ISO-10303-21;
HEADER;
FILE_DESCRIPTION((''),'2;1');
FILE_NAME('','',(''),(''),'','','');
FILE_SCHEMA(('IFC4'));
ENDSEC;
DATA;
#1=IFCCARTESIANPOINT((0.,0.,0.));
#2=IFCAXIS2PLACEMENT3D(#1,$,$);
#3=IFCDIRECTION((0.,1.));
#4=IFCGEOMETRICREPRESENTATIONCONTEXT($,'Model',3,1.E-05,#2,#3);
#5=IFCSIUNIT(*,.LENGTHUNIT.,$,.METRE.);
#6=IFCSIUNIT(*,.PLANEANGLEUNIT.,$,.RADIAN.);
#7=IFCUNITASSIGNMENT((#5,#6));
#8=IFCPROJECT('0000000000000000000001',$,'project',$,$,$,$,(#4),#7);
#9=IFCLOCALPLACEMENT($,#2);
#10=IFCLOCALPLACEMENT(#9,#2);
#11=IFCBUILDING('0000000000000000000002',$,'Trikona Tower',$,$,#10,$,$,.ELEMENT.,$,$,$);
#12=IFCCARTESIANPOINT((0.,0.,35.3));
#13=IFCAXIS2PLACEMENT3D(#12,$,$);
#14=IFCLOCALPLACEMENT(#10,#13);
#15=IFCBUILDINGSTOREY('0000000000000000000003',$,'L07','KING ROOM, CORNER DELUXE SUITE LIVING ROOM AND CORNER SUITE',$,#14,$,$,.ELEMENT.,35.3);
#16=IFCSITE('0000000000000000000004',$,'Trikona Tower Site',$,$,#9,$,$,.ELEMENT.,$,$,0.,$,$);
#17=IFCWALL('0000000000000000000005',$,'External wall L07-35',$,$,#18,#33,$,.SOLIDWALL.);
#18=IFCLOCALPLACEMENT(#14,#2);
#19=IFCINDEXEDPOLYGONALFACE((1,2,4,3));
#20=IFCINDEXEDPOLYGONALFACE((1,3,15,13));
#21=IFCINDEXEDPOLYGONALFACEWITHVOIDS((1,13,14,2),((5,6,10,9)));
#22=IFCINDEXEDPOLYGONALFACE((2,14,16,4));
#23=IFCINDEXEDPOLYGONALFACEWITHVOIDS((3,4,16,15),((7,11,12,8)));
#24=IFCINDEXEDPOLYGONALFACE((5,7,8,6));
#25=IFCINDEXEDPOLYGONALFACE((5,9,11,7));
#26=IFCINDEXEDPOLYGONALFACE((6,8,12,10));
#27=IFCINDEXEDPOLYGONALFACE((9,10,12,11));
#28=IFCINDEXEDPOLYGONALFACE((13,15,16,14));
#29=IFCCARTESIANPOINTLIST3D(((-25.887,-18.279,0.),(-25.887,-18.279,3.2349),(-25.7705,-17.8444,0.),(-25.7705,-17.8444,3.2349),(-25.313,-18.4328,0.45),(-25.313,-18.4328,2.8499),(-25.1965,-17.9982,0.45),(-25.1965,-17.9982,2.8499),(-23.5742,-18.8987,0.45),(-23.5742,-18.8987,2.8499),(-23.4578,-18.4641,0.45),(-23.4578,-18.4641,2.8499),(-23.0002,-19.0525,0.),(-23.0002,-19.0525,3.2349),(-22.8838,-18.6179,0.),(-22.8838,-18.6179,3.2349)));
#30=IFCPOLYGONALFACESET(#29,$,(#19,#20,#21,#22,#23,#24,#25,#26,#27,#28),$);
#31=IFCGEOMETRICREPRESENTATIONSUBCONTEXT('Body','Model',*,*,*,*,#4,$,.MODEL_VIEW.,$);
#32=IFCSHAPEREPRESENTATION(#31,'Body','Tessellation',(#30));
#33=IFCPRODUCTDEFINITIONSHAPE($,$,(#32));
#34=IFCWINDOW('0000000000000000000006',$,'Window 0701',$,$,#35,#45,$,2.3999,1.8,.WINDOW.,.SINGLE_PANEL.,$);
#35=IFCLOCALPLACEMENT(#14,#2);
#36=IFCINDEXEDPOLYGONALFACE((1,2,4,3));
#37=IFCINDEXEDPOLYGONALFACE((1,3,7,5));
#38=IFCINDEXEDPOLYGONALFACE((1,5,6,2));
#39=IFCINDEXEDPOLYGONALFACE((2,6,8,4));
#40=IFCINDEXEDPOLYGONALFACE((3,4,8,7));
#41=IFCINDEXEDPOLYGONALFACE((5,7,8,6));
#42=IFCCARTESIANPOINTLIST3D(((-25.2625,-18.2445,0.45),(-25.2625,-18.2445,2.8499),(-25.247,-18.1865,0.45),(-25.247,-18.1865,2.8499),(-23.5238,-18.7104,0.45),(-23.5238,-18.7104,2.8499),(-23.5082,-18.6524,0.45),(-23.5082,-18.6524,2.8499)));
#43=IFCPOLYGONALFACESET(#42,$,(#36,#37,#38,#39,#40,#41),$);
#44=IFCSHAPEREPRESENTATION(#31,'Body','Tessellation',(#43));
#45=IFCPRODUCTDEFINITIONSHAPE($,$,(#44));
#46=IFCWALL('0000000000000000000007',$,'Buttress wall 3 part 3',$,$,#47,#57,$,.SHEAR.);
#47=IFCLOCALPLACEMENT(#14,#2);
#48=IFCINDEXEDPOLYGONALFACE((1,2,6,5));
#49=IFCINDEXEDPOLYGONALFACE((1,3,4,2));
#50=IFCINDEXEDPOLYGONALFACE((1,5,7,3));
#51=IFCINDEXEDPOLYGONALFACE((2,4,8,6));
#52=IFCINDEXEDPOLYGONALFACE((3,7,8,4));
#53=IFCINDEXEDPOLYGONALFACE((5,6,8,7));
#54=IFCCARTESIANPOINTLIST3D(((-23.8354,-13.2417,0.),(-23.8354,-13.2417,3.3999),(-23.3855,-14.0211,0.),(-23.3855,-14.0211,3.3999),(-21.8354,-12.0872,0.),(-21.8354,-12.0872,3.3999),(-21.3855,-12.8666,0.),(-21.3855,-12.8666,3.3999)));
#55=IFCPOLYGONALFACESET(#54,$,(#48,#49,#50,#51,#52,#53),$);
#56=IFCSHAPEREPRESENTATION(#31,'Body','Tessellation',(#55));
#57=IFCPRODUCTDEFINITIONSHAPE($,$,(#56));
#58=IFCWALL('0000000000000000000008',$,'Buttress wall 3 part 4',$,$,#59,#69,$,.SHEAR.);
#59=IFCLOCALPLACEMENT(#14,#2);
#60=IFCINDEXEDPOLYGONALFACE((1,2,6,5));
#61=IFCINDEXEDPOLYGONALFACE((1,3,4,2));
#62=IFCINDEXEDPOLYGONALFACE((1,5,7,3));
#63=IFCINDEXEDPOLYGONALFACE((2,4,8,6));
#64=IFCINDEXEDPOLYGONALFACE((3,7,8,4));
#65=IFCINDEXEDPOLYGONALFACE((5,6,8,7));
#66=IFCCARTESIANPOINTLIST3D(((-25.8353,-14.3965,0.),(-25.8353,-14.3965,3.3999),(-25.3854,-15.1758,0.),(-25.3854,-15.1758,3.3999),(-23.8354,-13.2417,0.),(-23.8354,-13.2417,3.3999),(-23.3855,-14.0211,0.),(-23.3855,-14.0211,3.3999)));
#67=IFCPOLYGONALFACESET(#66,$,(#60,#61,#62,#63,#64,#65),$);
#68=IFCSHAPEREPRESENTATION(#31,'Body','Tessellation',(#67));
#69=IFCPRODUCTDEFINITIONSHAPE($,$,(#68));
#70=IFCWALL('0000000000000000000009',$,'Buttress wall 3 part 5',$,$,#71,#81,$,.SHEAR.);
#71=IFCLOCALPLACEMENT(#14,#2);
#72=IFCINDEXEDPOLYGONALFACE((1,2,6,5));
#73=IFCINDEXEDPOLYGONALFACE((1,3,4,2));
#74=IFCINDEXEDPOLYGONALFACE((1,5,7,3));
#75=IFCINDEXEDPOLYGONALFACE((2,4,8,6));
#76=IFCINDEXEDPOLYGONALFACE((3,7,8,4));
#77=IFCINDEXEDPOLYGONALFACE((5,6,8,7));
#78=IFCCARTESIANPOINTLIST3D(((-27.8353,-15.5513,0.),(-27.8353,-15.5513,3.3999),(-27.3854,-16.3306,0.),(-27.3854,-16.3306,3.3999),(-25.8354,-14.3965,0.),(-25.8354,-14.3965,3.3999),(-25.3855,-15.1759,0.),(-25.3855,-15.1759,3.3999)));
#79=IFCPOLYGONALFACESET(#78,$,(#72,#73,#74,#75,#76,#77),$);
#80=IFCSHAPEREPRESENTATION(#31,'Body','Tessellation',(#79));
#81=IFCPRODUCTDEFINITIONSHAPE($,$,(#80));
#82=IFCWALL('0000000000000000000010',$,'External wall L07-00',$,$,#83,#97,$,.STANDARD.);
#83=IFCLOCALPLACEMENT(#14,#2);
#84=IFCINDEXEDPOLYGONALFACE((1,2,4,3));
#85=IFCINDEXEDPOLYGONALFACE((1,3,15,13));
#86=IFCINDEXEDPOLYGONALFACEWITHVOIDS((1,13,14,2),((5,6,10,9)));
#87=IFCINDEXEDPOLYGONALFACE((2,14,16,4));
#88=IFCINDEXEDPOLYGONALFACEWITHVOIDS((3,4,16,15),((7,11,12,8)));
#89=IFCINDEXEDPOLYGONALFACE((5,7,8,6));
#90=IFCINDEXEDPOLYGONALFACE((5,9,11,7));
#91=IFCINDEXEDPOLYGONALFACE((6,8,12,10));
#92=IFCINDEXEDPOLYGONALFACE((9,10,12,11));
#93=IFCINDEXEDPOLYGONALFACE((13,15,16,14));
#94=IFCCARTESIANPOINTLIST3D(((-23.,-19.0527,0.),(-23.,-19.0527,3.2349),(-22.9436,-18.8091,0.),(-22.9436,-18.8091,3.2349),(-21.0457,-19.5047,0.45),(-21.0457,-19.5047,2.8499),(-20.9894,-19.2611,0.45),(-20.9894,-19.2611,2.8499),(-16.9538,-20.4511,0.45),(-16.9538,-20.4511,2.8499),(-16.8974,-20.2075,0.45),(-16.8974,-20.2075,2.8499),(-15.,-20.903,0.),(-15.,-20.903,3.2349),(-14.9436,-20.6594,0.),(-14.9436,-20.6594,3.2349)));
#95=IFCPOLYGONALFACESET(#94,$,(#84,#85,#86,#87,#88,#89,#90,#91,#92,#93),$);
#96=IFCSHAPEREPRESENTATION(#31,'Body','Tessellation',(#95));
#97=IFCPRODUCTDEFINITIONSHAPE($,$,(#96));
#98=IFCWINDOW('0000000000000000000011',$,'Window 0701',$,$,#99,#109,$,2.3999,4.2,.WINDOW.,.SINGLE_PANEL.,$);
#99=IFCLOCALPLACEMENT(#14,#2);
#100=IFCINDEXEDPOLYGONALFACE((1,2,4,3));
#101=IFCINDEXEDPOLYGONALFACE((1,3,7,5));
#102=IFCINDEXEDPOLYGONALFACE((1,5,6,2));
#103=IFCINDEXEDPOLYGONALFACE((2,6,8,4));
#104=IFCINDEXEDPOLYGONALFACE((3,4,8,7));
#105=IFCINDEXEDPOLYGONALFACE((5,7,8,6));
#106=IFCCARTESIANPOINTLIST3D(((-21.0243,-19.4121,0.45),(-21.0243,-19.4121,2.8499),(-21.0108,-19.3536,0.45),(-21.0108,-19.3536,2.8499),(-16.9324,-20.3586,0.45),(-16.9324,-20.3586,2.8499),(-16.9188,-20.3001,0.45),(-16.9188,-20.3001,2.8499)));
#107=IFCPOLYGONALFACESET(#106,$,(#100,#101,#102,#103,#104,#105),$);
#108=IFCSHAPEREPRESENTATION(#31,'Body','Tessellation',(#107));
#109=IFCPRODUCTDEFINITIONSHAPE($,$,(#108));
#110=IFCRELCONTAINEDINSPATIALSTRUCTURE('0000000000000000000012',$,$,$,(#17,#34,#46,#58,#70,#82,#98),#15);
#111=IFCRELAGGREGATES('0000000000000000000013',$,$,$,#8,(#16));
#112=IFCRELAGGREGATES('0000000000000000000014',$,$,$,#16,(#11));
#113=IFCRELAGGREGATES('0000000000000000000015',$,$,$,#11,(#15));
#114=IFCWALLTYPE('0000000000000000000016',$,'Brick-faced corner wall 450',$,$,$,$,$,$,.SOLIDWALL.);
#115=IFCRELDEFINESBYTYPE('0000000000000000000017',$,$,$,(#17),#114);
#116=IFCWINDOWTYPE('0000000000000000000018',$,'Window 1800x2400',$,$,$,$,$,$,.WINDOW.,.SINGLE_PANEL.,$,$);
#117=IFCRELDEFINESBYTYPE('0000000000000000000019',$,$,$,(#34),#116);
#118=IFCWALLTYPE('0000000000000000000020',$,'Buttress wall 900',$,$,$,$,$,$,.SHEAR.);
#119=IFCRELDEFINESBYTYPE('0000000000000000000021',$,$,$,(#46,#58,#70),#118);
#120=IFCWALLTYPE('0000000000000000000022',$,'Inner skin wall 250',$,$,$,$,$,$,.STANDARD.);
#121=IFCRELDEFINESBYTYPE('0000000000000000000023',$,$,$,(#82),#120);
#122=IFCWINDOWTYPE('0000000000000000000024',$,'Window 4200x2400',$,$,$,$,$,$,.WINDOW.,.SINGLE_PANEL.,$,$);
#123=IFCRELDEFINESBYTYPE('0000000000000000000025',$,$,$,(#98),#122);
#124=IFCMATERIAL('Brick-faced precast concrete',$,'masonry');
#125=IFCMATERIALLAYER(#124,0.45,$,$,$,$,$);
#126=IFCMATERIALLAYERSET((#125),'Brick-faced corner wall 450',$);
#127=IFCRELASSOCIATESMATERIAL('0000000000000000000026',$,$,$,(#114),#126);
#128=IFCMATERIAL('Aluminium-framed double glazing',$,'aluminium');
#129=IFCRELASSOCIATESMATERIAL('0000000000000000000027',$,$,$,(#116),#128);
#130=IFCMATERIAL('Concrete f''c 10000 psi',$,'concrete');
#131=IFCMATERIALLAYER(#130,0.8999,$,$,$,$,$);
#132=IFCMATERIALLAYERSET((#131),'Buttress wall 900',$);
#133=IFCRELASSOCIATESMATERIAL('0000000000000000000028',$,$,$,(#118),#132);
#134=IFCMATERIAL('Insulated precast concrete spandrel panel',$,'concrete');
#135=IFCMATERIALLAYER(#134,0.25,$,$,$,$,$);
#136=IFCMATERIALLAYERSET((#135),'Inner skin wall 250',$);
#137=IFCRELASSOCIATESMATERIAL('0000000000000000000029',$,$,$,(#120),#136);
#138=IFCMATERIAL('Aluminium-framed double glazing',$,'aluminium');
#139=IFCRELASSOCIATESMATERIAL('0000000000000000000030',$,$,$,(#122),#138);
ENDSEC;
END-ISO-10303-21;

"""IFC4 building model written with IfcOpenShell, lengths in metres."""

from ifc_helpers import new_model, si_unit, direction, frame, frame_2d, origin, place, context, subcontext, project, spatial, rectangle, extrude, material, layer, layer_set, type_object, element, fill, save


model = new_model("IFC4")

# Units and contexts
model_context = context("Model", 3, precision=1e-05, world=origin(), true_north=direction((0.0, 1.0)))
body_context = subcontext(model_context, "Body", "Model", "MODEL_VIEW")
ifc_project = project(units=[si_unit("LENGTHUNIT", "METRE"), si_unit("PLANEANGLEUNIT", "RADIAN")], contexts=[model_context])

# Site, building, storey
site_placement = place(None, origin())
site = spatial("IfcSite", under=ifc_project, at=site_placement, Name="Trikona Tower Site", CompositionType="ELEMENT", RefElevation=0.0)
building_placement = place(site_placement, origin())
building = spatial("IfcBuilding", under=site, at=building_placement, Name="Trikona Tower", CompositionType="ELEMENT")
storey_placement = place(building_placement, frame((0.0, 0.0, 35.3)))
storey = spatial("IfcBuildingStorey", under=building, at=storey_placement, Name="L07", Description="KING ROOM, CORNER DELUXE SUITE LIVING ROOM AND CORNER SUITE", CompositionType="ELEMENT", Elevation=35.3)

# Wall, opening, window
ifc_material_1 = material(Name="Brick-faced precast concrete", Category="masonry")
ifc_layer_1 = layer(ifc_material_1, 0.45)
ifc_layer_set_1 = layer_set([ifc_layer_1], Name="Brick-faced corner wall 450")
wall_type_1 = type_object("IfcWallType", Name="Brick-faced corner wall 450", PredefinedType="SOLIDWALL", material=ifc_layer_set_1)
wall_1_placement = place(storey_placement, frame((-25.8286, -18.0618, 0.0), z_axis=(0.0, 0.0, 1.0), x_axis=(0.965931, -0.258801, 0.0)))
wall_1 = element("IfcWall", 1, at=wall_1_placement, inside=storey, type_object=wall_type_1, Name="External wall L07-35", PredefinedType="SOLIDWALL", context=body_context, shape_type="SweptSolid", body=[
    extrude(rectangle(XDim=2.9885, YDim=0.45, at=frame_2d((1.4941, 0.0))), origin(), (0.0, 0.0, 1.0), 3.2349),
])
opening_1_placement = place(wall_1_placement, frame((0.5942, 0.0, 0.45)))
opening_1 = element("IfcOpeningElement", 2, at=opening_1_placement, cuts=wall_1, PredefinedType="OPENING", context=body_context, shape_type="SweptSolid", body=[
    extrude(rectangle(XDim=1.8, YDim=2.3999, at=frame_2d((0.8999, 1.2))), frame((0.0, 0.2349, 0.0), z_axis=(0.0, -1.0, 0.0), x_axis=(1.0, 0.0, 0.0)), (0.0, 0.0, 1.0), 0.47),
])
ifc_material_2 = material(Name="Aluminium-framed double glazing", Category="aluminium")
window_type_1 = type_object("IfcWindowType", Name="Window 1800x2400", PartitioningType="SINGLE_PANEL", PredefinedType="WINDOW", material=ifc_material_2)
window_1_placement = place(opening_1_placement, origin())
window_1 = element("IfcWindow", 3, at=window_1_placement, inside=storey, type_object=window_type_1, Name="Window 0701", OverallHeight=2.3999, OverallWidth=1.8, PartitioningType="SINGLE_PANEL", PredefinedType="WINDOW", context=body_context, shape_type="SweptSolid", body=[
    extrude(rectangle(XDim=1.8, YDim=2.3999, at=frame_2d((0.8999, 1.2))), frame((0.0, 0.03, 0.0), z_axis=(0.0, -1.0, 0.0), x_axis=(1.0, 0.0, 0.0)), (0.0, 0.0, 1.0), 0.0601),
])
fill(opening_1, window_1)

# Walls
ifc_material_3 = material(Name="Concrete f'c 10000 psi", Category="concrete")
ifc_layer_2 = layer(ifc_material_3, 0.8999)
ifc_layer_set_2 = layer_set([ifc_layer_2], Name="Buttress wall 900")
wall_type_2 = type_object("IfcWallType", Name="Buttress wall 900", PredefinedType="SHEAR", material=ifc_layer_set_2)
for number, where, z_axis, x_axis, name in (
    (4, (-21.6104, -12.4768, 0.0), (0.0, 0.0, 1.0), (-0.866055, -0.499948, 0.0), "Buttress wall 3 part 3"),
    (5, (-23.6104, -13.6313, 0.0), (0.0, 0.0, 1.0), (-0.86601, -0.500027, 0.0), "Buttress wall 3 part 4"),
    (6, (-25.6104, -14.7861, 0.0), (0.0, 0.0, 1.0), (-0.86601, -0.500027, 0.0), "Buttress wall 3 part 5"),
):
    element("IfcWall", number, at=place(storey_placement, frame(where, z_axis=z_axis, x_axis=x_axis)), inside=storey, type_object=wall_type_2, Name=name, PredefinedType="SHEAR", context=body_context, shape_type="SweptSolid", body=[
        extrude(rectangle(XDim=2.3093, YDim=0.8999, at=frame_2d((1.1548, 0.0))), origin(), (0.0, 0.0, 1.0), 3.3999),
    ])

# Wall, opening, window
ifc_material_4 = material(Name="Insulated precast concrete spandrel panel", Category="concrete")
ifc_layer_3 = layer(ifc_material_4, 0.25)
ifc_layer_set_3 = layer_set([ifc_layer_3], Name="Inner skin wall 250")
wall_type_3 = type_object("IfcWallType", Name="Inner skin wall 250", PredefinedType="STANDARD", material=ifc_layer_set_3)
wall_2_placement = place(storey_placement, frame((-22.9717, -18.9309, 0.0), z_axis=(0.0, 0.0, 1.0), x_axis=(0.974279, -0.225344, 0.0)))
wall_2 = element("IfcWall", 7, at=wall_2_placement, inside=storey, type_object=wall_type_3, Name="External wall L07-00", PredefinedType="STANDARD", context=body_context, shape_type="SweptSolid", body=[
    extrude(rectangle(XDim=8.2112, YDim=0.25, at=frame_2d((4.1055, 0.0))), origin(), (0.0, 0.0, 1.0), 3.2349),
])
opening_2_placement = place(wall_2_placement, frame((2.0056, 0.0, 0.45)))
opening_2 = element("IfcOpeningElement", 8, at=opening_2_placement, cuts=wall_2, PredefinedType="OPENING", context=body_context, shape_type="SweptSolid", body=[
    extrude(rectangle(XDim=4.2, YDim=2.3999, at=frame_2d((2.1001, 1.2))), frame((0.0, 0.135, 0.0), z_axis=(0.0, -1.0, 0.0), x_axis=(1.0, 0.0, 0.0)), (0.0, 0.0, 1.0), 0.27),
])
ifc_material_5 = material(Name="Aluminium-framed double glazing", Category="aluminium")
window_type_2 = type_object("IfcWindowType", Name="Window 4200x2400", PartitioningType="SINGLE_PANEL", PredefinedType="WINDOW", material=ifc_material_5)
window_2_placement = place(opening_2_placement, origin())
window_2 = element("IfcWindow", 9, at=window_2_placement, inside=storey, type_object=window_type_2, Name="Window 0701", OverallHeight=2.3999, OverallWidth=4.2, PartitioningType="SINGLE_PANEL", PredefinedType="WINDOW", context=body_context, shape_type="SweptSolid", body=[
    extrude(rectangle(XDim=4.2, YDim=2.3999, at=frame_2d((2.1001, 1.2))), frame((0.0, 0.03, 0.0), z_axis=(0.0, -1.0, 0.0), x_axis=(1.0, 0.0, 0.0)), (0.0, 0.0, 1.0), 0.0601),
])
fill(opening_2, window_2)

save(model, "model.ifc")
